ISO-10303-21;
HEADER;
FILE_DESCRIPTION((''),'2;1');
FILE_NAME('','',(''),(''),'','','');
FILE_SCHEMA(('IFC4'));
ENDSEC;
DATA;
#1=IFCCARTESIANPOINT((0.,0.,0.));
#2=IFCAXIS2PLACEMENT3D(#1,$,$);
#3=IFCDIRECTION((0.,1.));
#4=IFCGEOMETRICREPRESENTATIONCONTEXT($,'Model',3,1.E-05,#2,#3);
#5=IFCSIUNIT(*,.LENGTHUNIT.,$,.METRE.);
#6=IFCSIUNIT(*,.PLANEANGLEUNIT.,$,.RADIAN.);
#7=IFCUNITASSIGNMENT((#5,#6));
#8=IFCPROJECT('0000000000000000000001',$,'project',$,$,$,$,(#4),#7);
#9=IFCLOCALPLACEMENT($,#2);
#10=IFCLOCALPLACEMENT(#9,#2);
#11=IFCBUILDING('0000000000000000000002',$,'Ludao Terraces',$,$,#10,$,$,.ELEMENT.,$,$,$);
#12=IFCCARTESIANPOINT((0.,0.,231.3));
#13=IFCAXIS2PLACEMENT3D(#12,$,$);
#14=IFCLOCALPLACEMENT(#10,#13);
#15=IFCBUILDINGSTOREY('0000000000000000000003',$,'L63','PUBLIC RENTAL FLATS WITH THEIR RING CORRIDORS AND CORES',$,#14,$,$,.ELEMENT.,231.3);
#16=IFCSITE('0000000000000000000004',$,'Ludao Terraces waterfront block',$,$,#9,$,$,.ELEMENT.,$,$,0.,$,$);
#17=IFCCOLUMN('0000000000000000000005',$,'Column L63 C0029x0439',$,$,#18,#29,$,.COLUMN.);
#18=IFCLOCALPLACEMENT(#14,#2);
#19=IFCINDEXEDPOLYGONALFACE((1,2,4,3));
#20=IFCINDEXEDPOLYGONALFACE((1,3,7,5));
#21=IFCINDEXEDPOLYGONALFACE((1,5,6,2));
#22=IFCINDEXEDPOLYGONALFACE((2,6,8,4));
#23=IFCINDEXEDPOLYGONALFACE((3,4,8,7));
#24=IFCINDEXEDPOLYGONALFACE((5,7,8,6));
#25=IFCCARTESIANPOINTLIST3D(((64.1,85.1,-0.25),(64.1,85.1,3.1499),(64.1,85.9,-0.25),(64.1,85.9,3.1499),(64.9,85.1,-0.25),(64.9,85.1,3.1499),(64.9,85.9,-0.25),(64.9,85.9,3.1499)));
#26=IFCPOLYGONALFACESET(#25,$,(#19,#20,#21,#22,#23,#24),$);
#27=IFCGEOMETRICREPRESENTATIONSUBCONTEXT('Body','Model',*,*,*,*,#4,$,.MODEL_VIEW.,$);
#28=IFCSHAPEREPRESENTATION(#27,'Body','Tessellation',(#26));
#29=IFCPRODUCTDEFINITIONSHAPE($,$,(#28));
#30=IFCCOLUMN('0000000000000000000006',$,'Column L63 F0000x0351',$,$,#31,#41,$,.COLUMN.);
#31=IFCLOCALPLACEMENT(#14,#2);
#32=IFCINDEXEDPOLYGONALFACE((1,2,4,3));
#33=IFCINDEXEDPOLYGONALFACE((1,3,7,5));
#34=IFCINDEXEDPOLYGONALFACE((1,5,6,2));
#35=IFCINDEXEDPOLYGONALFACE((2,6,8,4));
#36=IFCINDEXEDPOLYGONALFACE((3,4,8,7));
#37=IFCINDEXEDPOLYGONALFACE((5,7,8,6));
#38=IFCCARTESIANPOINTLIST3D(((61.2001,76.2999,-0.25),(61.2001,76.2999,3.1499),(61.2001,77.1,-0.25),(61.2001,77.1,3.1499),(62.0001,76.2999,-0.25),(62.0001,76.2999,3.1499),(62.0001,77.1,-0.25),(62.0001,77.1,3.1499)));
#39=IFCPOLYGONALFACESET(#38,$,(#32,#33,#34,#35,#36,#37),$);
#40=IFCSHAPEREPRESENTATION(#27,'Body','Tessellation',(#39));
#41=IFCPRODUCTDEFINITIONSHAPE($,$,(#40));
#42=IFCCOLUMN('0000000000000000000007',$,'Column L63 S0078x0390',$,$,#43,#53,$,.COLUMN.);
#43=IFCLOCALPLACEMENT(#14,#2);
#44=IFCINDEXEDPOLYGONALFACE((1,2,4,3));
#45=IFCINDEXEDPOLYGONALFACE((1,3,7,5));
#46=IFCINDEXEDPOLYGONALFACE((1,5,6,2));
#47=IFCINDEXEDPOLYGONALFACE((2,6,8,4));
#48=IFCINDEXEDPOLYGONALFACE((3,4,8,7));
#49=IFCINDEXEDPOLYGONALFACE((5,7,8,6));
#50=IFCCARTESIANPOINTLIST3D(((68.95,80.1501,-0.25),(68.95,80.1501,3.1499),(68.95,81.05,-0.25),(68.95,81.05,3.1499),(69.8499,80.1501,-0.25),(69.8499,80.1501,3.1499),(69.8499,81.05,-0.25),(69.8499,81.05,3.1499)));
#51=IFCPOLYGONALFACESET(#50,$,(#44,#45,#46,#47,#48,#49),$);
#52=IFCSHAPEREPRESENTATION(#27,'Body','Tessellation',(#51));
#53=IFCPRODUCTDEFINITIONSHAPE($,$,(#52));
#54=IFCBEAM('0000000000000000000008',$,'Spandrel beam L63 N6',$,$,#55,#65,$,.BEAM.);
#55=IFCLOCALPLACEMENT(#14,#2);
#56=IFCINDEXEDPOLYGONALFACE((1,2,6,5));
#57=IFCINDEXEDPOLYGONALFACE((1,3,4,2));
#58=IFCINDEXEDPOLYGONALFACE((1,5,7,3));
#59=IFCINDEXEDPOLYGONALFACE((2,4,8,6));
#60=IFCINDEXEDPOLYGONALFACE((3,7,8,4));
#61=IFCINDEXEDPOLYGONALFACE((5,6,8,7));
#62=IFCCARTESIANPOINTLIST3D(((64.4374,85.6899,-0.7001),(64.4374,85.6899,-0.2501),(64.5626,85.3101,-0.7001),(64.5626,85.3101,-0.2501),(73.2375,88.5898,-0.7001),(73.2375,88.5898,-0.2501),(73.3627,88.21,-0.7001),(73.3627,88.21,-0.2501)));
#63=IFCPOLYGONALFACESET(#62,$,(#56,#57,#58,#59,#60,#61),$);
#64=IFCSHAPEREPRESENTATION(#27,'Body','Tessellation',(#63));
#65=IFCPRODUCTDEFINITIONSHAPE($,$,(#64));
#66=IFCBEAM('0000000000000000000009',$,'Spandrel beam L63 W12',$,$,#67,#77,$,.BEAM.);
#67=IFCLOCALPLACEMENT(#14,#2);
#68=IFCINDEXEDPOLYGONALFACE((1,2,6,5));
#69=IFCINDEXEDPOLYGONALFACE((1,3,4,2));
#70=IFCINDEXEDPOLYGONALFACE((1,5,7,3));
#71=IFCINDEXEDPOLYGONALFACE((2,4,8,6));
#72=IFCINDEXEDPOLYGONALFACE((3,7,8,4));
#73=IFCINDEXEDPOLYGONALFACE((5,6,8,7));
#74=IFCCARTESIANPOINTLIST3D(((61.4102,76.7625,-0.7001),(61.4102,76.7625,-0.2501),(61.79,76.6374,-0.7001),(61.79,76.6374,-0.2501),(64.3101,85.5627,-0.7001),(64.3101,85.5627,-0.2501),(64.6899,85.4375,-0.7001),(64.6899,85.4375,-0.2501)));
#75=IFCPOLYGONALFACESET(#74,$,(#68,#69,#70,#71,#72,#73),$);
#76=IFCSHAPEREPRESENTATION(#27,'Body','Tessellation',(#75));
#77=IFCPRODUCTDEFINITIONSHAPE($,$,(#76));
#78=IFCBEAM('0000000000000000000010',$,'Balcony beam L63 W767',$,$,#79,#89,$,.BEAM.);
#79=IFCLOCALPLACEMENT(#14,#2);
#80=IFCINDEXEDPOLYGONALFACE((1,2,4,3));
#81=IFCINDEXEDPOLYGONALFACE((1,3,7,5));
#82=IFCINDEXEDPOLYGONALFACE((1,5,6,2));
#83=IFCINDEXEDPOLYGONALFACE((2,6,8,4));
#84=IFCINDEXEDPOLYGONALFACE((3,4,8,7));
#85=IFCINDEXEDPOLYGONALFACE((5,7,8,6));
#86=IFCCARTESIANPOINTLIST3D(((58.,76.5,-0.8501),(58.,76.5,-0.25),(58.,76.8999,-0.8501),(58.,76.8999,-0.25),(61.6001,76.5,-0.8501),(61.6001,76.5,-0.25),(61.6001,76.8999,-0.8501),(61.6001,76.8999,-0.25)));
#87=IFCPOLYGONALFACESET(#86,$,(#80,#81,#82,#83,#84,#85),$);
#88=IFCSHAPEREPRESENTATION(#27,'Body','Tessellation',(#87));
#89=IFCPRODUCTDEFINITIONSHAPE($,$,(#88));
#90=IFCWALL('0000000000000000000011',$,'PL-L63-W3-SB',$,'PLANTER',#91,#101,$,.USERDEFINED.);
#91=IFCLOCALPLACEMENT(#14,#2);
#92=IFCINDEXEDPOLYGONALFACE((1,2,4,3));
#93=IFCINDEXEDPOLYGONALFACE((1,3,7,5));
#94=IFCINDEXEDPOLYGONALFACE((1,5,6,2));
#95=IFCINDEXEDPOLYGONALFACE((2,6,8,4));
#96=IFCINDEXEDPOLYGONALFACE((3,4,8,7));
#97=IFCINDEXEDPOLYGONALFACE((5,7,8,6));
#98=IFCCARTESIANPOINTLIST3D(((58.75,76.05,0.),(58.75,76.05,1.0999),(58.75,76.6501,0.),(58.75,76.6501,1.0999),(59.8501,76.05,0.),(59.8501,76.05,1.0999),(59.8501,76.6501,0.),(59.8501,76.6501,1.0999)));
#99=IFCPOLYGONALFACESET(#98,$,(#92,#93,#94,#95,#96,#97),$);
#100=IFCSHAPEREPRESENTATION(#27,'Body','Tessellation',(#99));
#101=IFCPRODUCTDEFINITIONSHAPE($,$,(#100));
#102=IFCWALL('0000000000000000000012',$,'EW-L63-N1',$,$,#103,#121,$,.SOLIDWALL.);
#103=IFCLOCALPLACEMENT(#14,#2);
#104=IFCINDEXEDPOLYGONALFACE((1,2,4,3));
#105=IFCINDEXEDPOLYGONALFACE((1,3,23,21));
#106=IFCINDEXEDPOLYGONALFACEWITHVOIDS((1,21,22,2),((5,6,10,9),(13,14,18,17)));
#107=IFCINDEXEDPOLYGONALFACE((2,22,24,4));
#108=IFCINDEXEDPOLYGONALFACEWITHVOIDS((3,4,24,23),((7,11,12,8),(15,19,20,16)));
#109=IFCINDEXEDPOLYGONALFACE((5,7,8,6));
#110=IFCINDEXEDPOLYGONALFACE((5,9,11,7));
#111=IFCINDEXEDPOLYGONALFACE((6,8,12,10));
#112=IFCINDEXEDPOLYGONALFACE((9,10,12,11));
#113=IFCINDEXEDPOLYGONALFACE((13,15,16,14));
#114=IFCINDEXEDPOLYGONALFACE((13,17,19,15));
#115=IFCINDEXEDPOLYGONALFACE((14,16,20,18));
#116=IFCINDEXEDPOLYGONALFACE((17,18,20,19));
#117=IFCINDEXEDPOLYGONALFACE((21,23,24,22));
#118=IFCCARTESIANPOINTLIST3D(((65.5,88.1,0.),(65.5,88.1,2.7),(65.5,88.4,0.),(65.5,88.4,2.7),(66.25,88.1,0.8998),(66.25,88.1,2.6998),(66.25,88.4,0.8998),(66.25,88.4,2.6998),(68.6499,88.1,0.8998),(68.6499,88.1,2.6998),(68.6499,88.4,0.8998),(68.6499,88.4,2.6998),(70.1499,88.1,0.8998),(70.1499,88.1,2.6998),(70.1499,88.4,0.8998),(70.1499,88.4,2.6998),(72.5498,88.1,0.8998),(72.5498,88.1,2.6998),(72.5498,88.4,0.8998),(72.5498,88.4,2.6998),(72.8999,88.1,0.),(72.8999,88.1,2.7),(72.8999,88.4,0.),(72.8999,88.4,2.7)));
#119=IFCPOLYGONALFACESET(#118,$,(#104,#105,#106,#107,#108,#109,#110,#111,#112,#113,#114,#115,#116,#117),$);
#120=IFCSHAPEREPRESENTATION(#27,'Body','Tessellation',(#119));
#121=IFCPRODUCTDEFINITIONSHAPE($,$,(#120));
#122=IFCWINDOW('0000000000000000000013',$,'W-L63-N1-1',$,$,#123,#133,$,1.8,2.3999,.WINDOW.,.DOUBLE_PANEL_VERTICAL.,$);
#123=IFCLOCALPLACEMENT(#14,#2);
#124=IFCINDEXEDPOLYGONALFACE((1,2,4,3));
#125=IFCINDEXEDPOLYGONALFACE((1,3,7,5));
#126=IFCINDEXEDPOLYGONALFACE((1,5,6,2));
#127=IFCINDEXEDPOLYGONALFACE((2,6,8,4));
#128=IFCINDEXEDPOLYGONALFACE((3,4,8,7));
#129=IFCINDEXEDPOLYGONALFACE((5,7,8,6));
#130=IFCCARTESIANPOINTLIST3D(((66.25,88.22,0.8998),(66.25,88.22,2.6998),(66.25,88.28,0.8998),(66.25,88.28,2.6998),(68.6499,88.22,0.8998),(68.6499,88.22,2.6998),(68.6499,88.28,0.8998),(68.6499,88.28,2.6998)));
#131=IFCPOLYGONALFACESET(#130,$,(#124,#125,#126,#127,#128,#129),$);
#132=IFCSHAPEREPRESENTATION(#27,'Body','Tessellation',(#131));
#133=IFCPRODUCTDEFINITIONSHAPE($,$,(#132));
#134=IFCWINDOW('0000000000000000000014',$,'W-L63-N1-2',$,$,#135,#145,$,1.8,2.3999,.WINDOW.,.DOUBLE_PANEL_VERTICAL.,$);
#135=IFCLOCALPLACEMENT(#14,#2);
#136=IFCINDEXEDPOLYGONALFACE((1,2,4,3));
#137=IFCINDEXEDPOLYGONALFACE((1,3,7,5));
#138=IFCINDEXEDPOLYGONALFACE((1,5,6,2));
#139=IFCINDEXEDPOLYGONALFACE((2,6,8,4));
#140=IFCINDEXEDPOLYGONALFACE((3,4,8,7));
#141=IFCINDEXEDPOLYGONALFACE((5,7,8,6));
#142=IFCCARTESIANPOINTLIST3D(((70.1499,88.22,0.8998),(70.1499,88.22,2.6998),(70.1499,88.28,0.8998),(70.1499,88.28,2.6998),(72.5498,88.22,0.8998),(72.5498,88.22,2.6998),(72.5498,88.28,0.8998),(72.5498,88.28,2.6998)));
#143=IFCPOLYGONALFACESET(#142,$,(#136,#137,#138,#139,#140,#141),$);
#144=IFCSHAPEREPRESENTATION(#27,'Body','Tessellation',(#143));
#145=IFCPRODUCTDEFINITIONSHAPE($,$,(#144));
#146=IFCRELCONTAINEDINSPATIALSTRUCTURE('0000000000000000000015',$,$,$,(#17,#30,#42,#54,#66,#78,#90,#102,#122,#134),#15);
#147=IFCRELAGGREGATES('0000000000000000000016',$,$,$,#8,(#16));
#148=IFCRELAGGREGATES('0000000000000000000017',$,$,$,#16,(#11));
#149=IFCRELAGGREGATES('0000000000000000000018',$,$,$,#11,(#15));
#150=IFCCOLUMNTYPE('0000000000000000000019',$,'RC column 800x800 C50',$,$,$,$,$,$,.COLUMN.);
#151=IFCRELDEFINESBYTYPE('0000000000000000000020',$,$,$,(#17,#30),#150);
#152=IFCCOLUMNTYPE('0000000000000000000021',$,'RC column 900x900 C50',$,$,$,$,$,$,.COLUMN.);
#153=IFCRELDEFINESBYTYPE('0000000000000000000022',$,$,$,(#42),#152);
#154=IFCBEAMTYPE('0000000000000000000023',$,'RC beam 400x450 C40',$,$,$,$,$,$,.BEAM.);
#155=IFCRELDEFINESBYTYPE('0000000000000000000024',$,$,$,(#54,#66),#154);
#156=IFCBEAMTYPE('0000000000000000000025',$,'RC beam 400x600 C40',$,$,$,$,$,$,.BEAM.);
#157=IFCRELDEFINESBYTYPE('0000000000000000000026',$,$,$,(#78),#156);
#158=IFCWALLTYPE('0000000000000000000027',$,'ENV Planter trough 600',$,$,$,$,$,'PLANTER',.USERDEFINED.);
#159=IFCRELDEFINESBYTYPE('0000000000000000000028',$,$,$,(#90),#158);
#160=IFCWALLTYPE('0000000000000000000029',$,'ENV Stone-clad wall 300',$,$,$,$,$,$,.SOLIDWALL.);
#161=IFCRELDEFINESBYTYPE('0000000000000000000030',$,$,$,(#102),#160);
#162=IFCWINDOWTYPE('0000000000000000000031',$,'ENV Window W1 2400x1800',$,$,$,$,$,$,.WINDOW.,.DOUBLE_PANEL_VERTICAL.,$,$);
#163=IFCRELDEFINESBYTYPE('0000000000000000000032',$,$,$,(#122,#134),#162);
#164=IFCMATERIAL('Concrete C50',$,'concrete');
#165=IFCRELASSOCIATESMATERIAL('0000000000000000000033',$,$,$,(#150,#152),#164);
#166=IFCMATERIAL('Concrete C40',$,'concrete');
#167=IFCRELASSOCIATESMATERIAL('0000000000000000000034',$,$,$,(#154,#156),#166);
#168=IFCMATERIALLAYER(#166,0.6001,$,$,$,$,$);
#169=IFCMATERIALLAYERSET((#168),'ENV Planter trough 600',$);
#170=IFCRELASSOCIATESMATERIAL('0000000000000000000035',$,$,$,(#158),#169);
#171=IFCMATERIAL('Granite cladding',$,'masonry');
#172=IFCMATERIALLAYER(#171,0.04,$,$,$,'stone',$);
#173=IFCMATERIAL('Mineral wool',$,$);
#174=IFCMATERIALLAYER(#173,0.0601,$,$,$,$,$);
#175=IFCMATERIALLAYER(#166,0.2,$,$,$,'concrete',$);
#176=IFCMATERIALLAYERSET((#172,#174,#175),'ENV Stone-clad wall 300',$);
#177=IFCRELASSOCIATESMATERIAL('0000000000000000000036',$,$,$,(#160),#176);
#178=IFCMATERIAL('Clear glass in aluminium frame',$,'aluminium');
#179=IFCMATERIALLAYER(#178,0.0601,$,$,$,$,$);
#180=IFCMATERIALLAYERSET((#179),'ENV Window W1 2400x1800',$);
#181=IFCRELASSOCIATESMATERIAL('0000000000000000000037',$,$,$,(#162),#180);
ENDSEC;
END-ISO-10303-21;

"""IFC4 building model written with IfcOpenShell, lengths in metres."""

from ifc_helpers import new_model, si_unit, direction, frame, frame_2d, origin, origin_2d, place, context, subcontext, project, spatial, rectangle, extrude, material, layer, layer_set, material_profile, profile_set, type_object, element, fill, save


model = new_model("IFC4")

# Units and contexts
model_context = context("Model", 3, precision=1e-05, world=origin(), true_north=direction((0.0, 1.0)))
body_context = subcontext(model_context, "Body", "Model", "MODEL_VIEW")
ifc_project = project(units=[si_unit("LENGTHUNIT", "METRE"), si_unit("PLANEANGLEUNIT", "RADIAN")], contexts=[model_context])

# Site, building, storey
site_placement = place(None, origin())
site = spatial("IfcSite", under=ifc_project, at=site_placement, Name="Ludao Terraces waterfront block", CompositionType="ELEMENT", RefElevation=0.0)
building_placement = place(site_placement, origin())
building = spatial("IfcBuilding", under=site, at=building_placement, Name="Ludao Terraces", CompositionType="ELEMENT")
storey_placement = place(building_placement, frame((0.0, 0.0, 231.3)))
storey = spatial("IfcBuildingStorey", under=building, at=storey_placement, Name="L63", Description="PUBLIC RENTAL FLATS WITH THEIR RING CORRIDORS AND CORES", CompositionType="ELEMENT", Elevation=231.3)

# Columns
ifc_material_1 = material(Name="Concrete C50", Category="concrete")
ifc_material_profile_1 = material_profile(ifc_material_1, rectangle(XDim=0.8, YDim=0.8, at=origin_2d()), Name="800 X 800")
ifc_profile_set_1 = profile_set([ifc_material_profile_1], Name="Concrete C50")
column_type_1 = type_object("IfcColumnType", Name="RC column 800x800 C50", PredefinedType="COLUMN", material=ifc_profile_set_1)
for number, where, z_axis, x_axis, name in (
    (1, (64.5, 85.5, -0.25), (0.0, 0.0, 1.0), (1.0, 0.0, 0.0), "Column L63 C0029x0439"),
    (2, (61.6001, 76.7, -0.25), (0.0, 0.0, 1.0), (1.0, 0.0, 0.0), "Column L63 F0000x0351"),
):
    element("IfcColumn", number, at=place(storey_placement, frame(where, z_axis=z_axis, x_axis=x_axis)), inside=storey, type_object=column_type_1, Name=name, PredefinedType="COLUMN", context=body_context, shape_type="SweptSolid", body=[
        extrude(rectangle(XDim=0.8, YDim=0.8, at=origin_2d()), origin(), (0.0, 0.0, 1.0), 3.3999),
    ])
ifc_material_profile_2 = material_profile(ifc_material_1, rectangle(XDim=0.8999, YDim=0.8999, at=origin_2d()), Name="900 X 900")
ifc_profile_set_2 = profile_set([ifc_material_profile_2], Name="Concrete C50")
column_type_2 = type_object("IfcColumnType", Name="RC column 900x900 C50", PredefinedType="COLUMN", material=ifc_profile_set_2)
column_placement = place(storey_placement, frame((69.3999, 80.6001, -0.25), z_axis=(0.0, 0.0, 1.0), x_axis=(1.0, 0.0, 0.0)))
element("IfcColumn", 3, at=column_placement, inside=storey, type_object=column_type_2, Name="Column L63 S0078x0390", PredefinedType="COLUMN", context=body_context, shape_type="SweptSolid", body=[
    extrude(rectangle(XDim=0.8999, YDim=0.8999, at=origin_2d()), origin(), (0.0, 0.0, 1.0), 3.3999),
])

# Beams
ifc_material_2 = material(Name="Concrete C40", Category="concrete")
ifc_material_profile_3 = material_profile(ifc_material_2, rectangle(XDim=0.3999, YDim=0.45, at=origin_2d()), Name="400 X 450")
ifc_profile_set_3 = profile_set([ifc_material_profile_3], Name="Concrete C40")
beam_type_1 = type_object("IfcBeamType", Name="RC beam 400x450 C40", PredefinedType="BEAM", material=ifc_profile_set_3)
for number, where, z_axis, x_axis, name in (
    (4, (64.5, 85.5, -0.4751), (0.949761, 0.312977, 0.0), (-0.312977, 0.949761, 0.0), "Spandrel beam L63 N6"),
    (5, (61.6001, 76.7, -0.4751), (0.312977, 0.949761, 0.0), (-0.949761, 0.312977, 0.0), "Spandrel beam L63 W12"),
):
    element("IfcBeam", number, at=place(storey_placement, frame(where, z_axis=z_axis, x_axis=x_axis)), inside=storey, type_object=beam_type_1, Name=name, PredefinedType="BEAM", context=body_context, shape_type="SweptSolid", body=[
        extrude(rectangle(XDim=0.3999, YDim=0.45, at=origin_2d()), origin(), (0.0, 0.0, 1.0), 9.2656),
    ])
ifc_material_profile_4 = material_profile(ifc_material_2, rectangle(XDim=0.3999, YDim=0.6001, at=origin_2d()), Name="400 X 600")
ifc_profile_set_4 = profile_set([ifc_material_profile_4], Name="Concrete C40")
beam_type_2 = type_object("IfcBeamType", Name="RC beam 400x600 C40", PredefinedType="BEAM", material=ifc_profile_set_4)
beam_placement = place(storey_placement, frame((61.6001, 76.7, -0.55), z_axis=(-1.0, 0.0, 0.0), x_axis=(0.0, -1.0, 0.0)))
element("IfcBeam", 6, at=beam_placement, inside=storey, type_object=beam_type_2, Name="Balcony beam L63 W767", PredefinedType="BEAM", context=body_context, shape_type="SweptSolid", body=[
    extrude(rectangle(XDim=0.3999, YDim=0.6001, at=origin_2d()), origin(), (0.0, 0.0, 1.0), 3.6001),
])

# Wall
ifc_layer_1 = layer(ifc_material_2, 0.6001)
ifc_layer_set_1 = layer_set([ifc_layer_1], Name="ENV Planter trough 600")
wall_type_1 = type_object("IfcWallType", Name="ENV Planter trough 600", ElementType="PLANTER", PredefinedType="USERDEFINED", material=ifc_layer_set_1)
wall_1_placement = place(storey_placement, frame((58.75, 76.3501, 0.0), z_axis=(0.0, 0.0, 1.0), x_axis=(1.0, 0.0, 0.0)))
element("IfcWall", 7, at=wall_1_placement, inside=storey, type_object=wall_type_1, Name="PL-L63-W3-SB", ObjectType="PLANTER", PredefinedType="USERDEFINED", context=body_context, shape_type="SweptSolid", body=[
    extrude(rectangle(XDim=1.1001, YDim=0.6001, at=frame_2d((0.55, 0.0))), origin(), (0.0, 0.0, 1.0), 1.0999),
])

# Wall, openings, windows
ifc_material_3 = material(Name="Granite cladding", Category="masonry")
ifc_layer_2 = layer(ifc_material_3, 0.04, Category="stone")
ifc_material_4 = material(Name="Mineral wool")
ifc_layer_3 = layer(ifc_material_4, 0.0601)
ifc_layer_4 = layer(ifc_material_2, 0.2, Category="concrete")
ifc_layer_set_2 = layer_set([ifc_layer_2, ifc_layer_3, ifc_layer_4], Name="ENV Stone-clad wall 300")
wall_type_2 = type_object("IfcWallType", Name="ENV Stone-clad wall 300", PredefinedType="SOLIDWALL", material=ifc_layer_set_2)
wall_2_placement = place(storey_placement, frame((65.5, 88.25, 0.0), z_axis=(0.0, 0.0, 1.0), x_axis=(1.0, 0.0, 0.0)))
wall_2 = element("IfcWall", 8, at=wall_2_placement, inside=storey, type_object=wall_type_2, Name="EW-L63-N1", PredefinedType="SOLIDWALL", context=body_context, shape_type="SweptSolid", body=[
    extrude(rectangle(XDim=7.3999, YDim=0.3, at=frame_2d((3.7, 0.0))), origin(), (0.0, 0.0, 1.0), 2.7),
])
opening_1_placement = place(wall_2_placement, frame((0.75, 0.0, 0.8999)))
opening_1 = element("IfcOpeningElement", 9, at=opening_1_placement, cuts=wall_2, PredefinedType="OPENING", context=body_context, shape_type="SweptSolid", body=[
    extrude(rectangle(XDim=2.3999, YDim=1.8, at=frame_2d((1.2, 0.8999))), frame((0.0, 0.1602, 0.0), z_axis=(0.0, -1.0, 0.0), x_axis=(1.0, 0.0, 0.0)), (0.0, 0.0, 1.0), 0.3201),
])
opening_2_placement = place(wall_2_placement, frame((4.6499, 0.0, 0.8999)))
opening_2 = element("IfcOpeningElement", 10, at=opening_2_placement, cuts=wall_2, PredefinedType="OPENING", context=body_context, shape_type="SweptSolid", body=[
    extrude(rectangle(XDim=2.3999, YDim=1.8, at=frame_2d((1.2, 0.8999))), frame((0.0, 0.1602, 0.0), z_axis=(0.0, -1.0, 0.0), x_axis=(1.0, 0.0, 0.0)), (0.0, 0.0, 1.0), 0.3201),
])
ifc_material_5 = material(Name="Clear glass in aluminium frame", Category="aluminium")
ifc_layer_5 = layer(ifc_material_5, 0.0601)
ifc_layer_set_3 = layer_set([ifc_layer_5], Name="ENV Window W1 2400x1800")
window_type_1 = type_object("IfcWindowType", Name="ENV Window W1 2400x1800", PartitioningType="DOUBLE_PANEL_VERTICAL", PredefinedType="WINDOW", material=ifc_layer_set_3)
window_1_placement = place(opening_1_placement, origin())
window_1 = element("IfcWindow", 11, at=window_1_placement, inside=storey, type_object=window_type_1, Name="W-L63-N1-1", OverallHeight=1.8, OverallWidth=2.3999, PartitioningType="DOUBLE_PANEL_VERTICAL", PredefinedType="WINDOW", context=body_context, shape_type="SweptSolid", body=[
    extrude(rectangle(XDim=2.3999, YDim=1.8, at=frame_2d((1.2, 0.8999))), frame((0.0, 0.03, 0.0), z_axis=(0.0, -1.0, 0.0), x_axis=(1.0, 0.0, 0.0)), (0.0, 0.0, 1.0), 0.0601),
])
fill(opening_1, window_1)
window_2_placement = place(opening_2_placement, origin())
window_2 = element("IfcWindow", 12, at=window_2_placement, inside=storey, type_object=window_type_1, Name="W-L63-N1-2", OverallHeight=1.8, OverallWidth=2.3999, PartitioningType="DOUBLE_PANEL_VERTICAL", PredefinedType="WINDOW", context=body_context, shape_type="SweptSolid", body=[
    extrude(rectangle(XDim=2.3999, YDim=1.8, at=frame_2d((1.2, 0.8999))), frame((0.0, 0.03, 0.0), z_axis=(0.0, -1.0, 0.0), x_axis=(1.0, 0.0, 0.0)), (0.0, 0.0, 1.0), 0.0601),
])
fill(opening_2, window_2)

save(model, "model.ifc")
